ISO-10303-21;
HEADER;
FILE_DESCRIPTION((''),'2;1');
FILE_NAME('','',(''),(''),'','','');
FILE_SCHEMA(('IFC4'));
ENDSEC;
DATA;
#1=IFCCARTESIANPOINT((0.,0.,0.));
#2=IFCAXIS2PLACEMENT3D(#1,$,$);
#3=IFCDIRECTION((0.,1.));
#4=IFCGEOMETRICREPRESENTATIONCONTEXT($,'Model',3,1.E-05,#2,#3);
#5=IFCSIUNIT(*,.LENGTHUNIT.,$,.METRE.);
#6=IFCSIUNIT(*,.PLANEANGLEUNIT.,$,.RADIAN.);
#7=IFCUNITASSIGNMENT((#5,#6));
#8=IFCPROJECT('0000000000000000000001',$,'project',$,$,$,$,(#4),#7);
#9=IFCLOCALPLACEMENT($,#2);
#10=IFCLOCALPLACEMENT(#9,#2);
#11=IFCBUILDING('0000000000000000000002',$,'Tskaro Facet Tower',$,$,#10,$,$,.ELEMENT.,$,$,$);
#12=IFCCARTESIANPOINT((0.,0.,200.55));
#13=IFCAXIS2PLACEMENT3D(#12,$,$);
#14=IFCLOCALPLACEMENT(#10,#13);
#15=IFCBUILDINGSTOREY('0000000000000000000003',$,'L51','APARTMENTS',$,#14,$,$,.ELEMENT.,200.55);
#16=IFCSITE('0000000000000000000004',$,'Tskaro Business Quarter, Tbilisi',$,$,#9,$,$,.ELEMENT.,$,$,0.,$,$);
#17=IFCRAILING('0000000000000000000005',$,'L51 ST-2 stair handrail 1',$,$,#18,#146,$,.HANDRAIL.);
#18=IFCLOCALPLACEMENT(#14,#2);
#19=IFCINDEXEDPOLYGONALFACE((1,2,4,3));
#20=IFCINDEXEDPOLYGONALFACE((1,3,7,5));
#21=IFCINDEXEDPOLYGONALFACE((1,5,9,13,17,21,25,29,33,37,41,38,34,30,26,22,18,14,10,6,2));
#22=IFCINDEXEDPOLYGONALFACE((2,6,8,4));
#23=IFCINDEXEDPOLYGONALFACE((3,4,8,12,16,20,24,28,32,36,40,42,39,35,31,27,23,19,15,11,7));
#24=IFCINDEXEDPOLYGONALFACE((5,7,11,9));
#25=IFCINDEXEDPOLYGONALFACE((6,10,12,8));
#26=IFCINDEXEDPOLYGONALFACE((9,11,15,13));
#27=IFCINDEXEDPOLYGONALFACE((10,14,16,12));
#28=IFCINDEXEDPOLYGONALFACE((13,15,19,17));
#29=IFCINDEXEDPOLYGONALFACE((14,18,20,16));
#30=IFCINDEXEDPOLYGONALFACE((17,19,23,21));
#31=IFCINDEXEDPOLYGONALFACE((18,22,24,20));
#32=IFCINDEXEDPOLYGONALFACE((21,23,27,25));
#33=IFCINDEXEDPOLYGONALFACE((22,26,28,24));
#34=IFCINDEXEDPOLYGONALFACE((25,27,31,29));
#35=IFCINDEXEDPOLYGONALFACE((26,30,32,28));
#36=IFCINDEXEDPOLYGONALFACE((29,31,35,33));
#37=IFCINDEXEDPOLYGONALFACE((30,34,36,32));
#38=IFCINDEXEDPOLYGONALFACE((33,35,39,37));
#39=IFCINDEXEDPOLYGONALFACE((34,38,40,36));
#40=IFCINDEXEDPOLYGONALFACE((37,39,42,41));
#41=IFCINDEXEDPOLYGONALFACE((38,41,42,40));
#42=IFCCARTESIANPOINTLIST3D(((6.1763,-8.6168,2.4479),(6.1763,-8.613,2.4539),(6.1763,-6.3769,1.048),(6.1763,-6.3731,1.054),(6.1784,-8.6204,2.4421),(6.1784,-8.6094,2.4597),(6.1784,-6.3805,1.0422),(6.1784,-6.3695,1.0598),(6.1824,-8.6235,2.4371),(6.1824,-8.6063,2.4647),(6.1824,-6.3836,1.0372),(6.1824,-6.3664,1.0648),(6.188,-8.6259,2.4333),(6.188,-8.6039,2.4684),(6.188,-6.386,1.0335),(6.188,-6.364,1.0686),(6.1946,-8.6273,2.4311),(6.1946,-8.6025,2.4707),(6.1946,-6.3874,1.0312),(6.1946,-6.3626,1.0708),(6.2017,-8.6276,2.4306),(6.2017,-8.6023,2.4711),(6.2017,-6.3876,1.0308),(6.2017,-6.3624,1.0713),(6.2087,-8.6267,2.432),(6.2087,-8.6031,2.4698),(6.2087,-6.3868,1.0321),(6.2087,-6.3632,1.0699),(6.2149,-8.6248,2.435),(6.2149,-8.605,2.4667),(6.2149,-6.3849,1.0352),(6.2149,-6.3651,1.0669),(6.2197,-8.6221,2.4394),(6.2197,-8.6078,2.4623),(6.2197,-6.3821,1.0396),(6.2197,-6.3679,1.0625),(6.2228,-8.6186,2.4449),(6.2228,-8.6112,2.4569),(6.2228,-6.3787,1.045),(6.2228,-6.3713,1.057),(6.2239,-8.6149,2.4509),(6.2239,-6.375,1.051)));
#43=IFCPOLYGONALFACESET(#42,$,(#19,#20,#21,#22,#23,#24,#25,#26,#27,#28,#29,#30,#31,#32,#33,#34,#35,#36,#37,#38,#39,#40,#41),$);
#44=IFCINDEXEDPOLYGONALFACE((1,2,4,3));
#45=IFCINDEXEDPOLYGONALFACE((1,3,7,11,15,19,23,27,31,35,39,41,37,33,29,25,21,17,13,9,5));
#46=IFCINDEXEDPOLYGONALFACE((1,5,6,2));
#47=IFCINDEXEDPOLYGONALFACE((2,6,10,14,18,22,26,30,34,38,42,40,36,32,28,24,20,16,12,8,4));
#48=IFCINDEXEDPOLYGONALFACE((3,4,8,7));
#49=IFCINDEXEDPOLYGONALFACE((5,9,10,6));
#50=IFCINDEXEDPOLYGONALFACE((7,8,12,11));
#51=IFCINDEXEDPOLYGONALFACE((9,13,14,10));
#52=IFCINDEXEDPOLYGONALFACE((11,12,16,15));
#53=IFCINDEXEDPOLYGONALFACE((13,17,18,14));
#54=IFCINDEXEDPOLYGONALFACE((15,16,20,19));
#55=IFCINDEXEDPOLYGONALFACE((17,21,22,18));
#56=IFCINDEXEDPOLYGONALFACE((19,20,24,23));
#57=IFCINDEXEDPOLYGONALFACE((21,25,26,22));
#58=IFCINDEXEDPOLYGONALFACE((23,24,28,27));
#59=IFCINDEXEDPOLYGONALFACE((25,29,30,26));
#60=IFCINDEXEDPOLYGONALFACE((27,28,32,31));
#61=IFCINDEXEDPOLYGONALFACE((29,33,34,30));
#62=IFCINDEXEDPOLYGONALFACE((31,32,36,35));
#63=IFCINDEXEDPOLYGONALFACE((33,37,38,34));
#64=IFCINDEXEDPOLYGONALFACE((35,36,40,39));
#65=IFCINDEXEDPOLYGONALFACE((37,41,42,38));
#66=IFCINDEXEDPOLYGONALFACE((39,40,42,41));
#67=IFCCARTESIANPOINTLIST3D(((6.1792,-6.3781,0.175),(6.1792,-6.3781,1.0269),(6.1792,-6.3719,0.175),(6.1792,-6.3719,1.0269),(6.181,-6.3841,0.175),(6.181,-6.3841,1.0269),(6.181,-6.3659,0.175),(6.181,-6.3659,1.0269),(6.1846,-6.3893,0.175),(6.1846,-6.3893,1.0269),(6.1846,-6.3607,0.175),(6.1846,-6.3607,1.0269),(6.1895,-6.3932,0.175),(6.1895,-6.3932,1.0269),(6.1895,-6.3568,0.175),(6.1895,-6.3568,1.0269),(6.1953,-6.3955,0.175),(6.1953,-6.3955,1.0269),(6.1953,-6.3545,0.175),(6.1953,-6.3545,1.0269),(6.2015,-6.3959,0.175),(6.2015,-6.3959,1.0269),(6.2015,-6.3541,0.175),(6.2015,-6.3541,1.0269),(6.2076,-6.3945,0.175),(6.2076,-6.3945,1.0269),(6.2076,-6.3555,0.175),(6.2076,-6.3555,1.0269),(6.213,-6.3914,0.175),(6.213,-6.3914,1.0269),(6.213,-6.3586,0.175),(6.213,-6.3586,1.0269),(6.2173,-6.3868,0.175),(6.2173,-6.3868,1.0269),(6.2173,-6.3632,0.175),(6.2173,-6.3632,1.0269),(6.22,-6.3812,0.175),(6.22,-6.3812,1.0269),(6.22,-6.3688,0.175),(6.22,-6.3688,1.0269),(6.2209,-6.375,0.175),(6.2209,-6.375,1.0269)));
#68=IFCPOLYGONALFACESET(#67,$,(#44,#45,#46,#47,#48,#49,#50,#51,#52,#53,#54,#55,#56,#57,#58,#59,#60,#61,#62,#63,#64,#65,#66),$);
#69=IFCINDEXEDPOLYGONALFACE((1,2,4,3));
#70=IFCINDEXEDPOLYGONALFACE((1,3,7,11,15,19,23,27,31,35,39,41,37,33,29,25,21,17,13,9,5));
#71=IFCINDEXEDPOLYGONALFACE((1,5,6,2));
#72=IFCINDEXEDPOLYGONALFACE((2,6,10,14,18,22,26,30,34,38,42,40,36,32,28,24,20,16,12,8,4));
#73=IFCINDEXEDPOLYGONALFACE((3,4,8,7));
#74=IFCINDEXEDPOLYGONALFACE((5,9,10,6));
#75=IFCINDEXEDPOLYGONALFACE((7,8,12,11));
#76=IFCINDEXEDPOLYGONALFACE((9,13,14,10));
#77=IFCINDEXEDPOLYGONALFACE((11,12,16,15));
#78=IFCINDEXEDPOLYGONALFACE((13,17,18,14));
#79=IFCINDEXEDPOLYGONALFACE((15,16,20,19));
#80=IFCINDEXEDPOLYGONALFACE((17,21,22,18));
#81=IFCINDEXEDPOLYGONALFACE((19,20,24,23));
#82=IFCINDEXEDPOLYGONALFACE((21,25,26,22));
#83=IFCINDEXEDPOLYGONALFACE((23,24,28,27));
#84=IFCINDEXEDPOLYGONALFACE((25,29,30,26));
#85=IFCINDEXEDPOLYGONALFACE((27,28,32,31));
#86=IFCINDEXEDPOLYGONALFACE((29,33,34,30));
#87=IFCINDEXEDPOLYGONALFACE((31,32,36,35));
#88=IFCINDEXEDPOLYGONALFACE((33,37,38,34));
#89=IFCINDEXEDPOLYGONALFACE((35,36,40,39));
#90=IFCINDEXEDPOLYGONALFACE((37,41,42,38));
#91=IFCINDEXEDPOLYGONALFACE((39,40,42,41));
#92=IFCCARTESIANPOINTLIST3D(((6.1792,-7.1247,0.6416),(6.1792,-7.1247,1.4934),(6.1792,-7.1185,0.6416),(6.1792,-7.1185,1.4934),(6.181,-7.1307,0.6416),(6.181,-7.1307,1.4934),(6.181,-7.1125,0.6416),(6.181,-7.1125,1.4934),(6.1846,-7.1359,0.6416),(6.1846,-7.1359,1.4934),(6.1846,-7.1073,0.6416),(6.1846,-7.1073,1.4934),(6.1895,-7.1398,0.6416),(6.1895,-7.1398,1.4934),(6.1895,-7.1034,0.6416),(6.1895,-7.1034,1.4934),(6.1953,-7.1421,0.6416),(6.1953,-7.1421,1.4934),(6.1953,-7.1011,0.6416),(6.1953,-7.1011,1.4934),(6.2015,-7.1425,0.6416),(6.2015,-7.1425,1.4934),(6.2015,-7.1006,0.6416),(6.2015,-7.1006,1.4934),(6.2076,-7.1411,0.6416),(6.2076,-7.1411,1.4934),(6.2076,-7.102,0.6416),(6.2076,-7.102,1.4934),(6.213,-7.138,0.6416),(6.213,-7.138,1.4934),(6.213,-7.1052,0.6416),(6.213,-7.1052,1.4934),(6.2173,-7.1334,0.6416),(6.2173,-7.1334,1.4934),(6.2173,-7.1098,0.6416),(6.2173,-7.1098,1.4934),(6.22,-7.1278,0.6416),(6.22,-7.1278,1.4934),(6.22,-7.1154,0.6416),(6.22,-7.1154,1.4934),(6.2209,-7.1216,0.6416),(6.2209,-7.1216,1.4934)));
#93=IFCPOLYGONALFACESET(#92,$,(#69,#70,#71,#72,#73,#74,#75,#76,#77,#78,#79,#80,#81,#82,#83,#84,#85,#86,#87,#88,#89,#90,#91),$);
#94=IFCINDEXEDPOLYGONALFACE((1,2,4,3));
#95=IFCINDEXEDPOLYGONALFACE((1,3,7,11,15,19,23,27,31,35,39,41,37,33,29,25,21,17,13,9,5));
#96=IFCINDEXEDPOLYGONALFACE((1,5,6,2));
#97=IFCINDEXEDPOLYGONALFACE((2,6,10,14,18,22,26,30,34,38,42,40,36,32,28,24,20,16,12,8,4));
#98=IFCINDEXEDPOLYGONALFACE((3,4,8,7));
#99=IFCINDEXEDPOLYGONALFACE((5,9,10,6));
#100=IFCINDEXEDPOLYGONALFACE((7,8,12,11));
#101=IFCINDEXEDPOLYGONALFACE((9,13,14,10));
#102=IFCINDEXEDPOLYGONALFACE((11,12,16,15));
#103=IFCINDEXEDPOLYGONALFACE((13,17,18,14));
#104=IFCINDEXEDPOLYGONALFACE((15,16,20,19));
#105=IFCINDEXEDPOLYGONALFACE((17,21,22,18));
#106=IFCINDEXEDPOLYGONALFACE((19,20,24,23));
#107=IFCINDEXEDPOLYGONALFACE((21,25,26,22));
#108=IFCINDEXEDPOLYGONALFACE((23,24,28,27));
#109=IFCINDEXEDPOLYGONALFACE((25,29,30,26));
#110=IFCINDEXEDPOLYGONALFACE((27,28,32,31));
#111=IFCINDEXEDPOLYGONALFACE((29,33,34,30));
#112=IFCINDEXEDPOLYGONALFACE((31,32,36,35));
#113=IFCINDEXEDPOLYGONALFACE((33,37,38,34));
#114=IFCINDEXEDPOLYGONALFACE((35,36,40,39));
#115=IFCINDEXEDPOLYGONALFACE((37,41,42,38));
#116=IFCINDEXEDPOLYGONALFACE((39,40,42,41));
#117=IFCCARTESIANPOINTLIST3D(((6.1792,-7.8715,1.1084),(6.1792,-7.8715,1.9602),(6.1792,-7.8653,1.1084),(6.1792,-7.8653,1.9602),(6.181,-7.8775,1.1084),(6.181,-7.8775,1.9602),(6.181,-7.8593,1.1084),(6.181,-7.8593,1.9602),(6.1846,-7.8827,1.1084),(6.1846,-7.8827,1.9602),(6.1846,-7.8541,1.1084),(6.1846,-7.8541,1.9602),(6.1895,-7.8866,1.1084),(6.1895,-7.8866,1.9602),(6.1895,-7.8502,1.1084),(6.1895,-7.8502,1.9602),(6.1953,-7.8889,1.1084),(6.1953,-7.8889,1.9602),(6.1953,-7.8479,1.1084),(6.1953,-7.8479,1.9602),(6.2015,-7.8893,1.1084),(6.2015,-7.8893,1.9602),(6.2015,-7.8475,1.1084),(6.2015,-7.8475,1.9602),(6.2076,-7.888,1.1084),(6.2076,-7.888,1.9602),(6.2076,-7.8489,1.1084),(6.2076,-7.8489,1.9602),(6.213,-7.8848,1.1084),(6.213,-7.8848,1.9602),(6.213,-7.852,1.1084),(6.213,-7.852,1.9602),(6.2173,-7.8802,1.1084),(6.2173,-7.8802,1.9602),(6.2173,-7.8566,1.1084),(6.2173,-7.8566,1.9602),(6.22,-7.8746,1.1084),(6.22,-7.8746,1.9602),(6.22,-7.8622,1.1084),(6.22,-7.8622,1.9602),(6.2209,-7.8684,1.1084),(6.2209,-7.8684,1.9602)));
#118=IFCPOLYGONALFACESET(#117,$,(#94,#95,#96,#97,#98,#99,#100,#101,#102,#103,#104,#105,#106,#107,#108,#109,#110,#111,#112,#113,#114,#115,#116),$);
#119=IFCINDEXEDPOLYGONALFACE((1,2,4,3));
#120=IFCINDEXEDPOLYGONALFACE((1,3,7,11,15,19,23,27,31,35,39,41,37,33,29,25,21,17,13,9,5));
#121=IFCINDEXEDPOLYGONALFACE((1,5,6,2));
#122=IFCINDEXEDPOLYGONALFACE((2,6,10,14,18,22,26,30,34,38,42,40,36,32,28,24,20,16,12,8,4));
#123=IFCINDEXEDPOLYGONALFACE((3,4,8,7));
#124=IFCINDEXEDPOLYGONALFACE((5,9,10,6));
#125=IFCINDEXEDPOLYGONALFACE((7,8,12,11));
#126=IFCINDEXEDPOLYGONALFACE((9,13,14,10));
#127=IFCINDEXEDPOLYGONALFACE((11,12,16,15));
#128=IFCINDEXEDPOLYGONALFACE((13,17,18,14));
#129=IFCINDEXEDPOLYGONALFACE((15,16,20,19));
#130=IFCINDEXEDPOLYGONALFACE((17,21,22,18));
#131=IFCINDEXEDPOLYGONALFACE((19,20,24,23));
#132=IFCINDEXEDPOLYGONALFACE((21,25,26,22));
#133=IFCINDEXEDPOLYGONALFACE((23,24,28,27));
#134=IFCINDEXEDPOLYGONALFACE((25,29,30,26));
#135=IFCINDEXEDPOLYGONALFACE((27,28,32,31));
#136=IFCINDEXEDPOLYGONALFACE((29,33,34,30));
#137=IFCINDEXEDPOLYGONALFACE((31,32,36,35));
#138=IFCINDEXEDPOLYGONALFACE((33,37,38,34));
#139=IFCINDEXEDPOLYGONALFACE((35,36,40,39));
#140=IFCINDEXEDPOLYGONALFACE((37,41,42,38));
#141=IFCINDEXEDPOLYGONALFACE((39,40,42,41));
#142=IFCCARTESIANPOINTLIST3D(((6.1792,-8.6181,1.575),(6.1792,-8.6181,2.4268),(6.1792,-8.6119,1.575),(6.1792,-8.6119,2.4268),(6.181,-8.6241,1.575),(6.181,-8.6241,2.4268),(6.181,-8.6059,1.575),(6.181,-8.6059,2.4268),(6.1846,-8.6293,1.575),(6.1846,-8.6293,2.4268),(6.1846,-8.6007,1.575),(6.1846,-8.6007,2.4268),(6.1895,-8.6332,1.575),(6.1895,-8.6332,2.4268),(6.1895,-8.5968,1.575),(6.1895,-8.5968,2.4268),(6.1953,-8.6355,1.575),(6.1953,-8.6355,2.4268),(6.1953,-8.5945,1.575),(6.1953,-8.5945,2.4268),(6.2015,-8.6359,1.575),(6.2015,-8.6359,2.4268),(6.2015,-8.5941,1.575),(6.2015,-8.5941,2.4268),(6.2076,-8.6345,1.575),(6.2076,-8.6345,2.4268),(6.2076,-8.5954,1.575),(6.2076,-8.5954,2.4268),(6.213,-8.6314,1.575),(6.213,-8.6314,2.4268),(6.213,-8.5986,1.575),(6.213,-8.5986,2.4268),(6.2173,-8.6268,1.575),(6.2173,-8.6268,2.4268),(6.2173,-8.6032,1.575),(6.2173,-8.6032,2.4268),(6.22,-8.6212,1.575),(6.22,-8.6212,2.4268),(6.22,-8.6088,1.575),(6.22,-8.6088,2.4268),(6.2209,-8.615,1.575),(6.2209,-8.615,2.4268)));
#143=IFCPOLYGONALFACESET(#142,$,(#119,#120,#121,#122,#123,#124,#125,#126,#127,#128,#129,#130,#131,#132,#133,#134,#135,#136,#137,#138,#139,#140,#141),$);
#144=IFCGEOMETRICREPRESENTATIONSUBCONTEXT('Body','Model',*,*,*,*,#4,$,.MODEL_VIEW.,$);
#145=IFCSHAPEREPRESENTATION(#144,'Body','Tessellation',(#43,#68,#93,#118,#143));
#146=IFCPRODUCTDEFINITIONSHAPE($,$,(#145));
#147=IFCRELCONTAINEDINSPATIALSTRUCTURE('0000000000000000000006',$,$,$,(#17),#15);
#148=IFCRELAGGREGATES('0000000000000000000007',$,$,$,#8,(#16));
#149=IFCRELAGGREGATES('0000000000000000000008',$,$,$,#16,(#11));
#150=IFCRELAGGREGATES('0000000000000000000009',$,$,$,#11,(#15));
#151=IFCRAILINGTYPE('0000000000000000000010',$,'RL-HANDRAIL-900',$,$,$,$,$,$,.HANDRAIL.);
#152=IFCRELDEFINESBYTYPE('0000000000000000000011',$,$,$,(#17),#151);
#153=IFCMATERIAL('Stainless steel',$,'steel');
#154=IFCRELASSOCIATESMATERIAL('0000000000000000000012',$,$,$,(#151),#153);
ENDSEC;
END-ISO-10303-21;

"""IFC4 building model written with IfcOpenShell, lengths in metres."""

from ifc_helpers import new_model, si_unit, direction, frame, origin, origin_2d, place, context, subcontext, project, spatial, circle, extrude, material, type_object, element, save


model = new_model("IFC4")

# Units and contexts
model_context = context("Model", 3, precision=1e-05, world=origin(), true_north=direction((0.0, 1.0)))
body_context = subcontext(model_context, "Body", "Model", "MODEL_VIEW")
ifc_project = project(units=[si_unit("LENGTHUNIT", "METRE"), si_unit("PLANEANGLEUNIT", "RADIAN")], contexts=[model_context])

# Site, building, storey
site_placement = place(None, origin())
site = spatial("IfcSite", under=ifc_project, at=site_placement, Name="Tskaro Business Quarter, Tbilisi", CompositionType="ELEMENT", RefElevation=0.0)
building_placement = place(site_placement, origin())
building = spatial("IfcBuilding", under=site, at=building_placement, Name="Tskaro Facet Tower", CompositionType="ELEMENT")
storey_placement = place(building_placement, frame((0.0, 0.0, 200.55)))
storey = spatial("IfcBuildingStorey", under=building, at=storey_placement, Name="L51", Description="APARTMENTS", CompositionType="ELEMENT", Elevation=200.55)

# Railing
ifc_material_1 = material(Name="Stainless steel", Category="steel")
railing_type_1 = type_object("IfcRailingType", Name="RL-HANDRAIL-900", PredefinedType="HANDRAIL", material=ifc_material_1)
railing_1_placement = place(storey_placement, frame((6.2, -6.375, 0.175)))
element("IfcRailing", 1, at=railing_1_placement, inside=storey, type_object=railing_type_1, Name="L51 ST-2 stair handrail 1", PredefinedType="HANDRAIL", context=body_context, shape_type="SweptSolid", body=[
    extrude(circle(Radius=0.0239, at=origin_2d()), frame((0.0, 0.0, 0.876), z_axis=(0.0, -0.848014, 0.529974), x_axis=(1.0, 0.0, 0.0)), (0.0, 0.0, 1.0), 2.6414),
    extrude(circle(Radius=0.021, at=origin_2d()), origin(), (0.0, 0.0, 1.0), 0.8518),
    extrude(circle(Radius=0.021, at=origin_2d()), frame((0.0, -0.7466, 0.4666)), (0.0, 0.0, 1.0), 0.8518),
    extrude(circle(Radius=0.021, at=origin_2d()), frame((0.0, -1.4934, 0.9333)), (0.0, 0.0, 1.0), 0.8518),
    extrude(circle(Radius=0.021, at=origin_2d()), frame((0.0, -2.24, 1.3999)), (0.0, 0.0, 1.0), 0.8518),
])

save(model, "model.ifc")
